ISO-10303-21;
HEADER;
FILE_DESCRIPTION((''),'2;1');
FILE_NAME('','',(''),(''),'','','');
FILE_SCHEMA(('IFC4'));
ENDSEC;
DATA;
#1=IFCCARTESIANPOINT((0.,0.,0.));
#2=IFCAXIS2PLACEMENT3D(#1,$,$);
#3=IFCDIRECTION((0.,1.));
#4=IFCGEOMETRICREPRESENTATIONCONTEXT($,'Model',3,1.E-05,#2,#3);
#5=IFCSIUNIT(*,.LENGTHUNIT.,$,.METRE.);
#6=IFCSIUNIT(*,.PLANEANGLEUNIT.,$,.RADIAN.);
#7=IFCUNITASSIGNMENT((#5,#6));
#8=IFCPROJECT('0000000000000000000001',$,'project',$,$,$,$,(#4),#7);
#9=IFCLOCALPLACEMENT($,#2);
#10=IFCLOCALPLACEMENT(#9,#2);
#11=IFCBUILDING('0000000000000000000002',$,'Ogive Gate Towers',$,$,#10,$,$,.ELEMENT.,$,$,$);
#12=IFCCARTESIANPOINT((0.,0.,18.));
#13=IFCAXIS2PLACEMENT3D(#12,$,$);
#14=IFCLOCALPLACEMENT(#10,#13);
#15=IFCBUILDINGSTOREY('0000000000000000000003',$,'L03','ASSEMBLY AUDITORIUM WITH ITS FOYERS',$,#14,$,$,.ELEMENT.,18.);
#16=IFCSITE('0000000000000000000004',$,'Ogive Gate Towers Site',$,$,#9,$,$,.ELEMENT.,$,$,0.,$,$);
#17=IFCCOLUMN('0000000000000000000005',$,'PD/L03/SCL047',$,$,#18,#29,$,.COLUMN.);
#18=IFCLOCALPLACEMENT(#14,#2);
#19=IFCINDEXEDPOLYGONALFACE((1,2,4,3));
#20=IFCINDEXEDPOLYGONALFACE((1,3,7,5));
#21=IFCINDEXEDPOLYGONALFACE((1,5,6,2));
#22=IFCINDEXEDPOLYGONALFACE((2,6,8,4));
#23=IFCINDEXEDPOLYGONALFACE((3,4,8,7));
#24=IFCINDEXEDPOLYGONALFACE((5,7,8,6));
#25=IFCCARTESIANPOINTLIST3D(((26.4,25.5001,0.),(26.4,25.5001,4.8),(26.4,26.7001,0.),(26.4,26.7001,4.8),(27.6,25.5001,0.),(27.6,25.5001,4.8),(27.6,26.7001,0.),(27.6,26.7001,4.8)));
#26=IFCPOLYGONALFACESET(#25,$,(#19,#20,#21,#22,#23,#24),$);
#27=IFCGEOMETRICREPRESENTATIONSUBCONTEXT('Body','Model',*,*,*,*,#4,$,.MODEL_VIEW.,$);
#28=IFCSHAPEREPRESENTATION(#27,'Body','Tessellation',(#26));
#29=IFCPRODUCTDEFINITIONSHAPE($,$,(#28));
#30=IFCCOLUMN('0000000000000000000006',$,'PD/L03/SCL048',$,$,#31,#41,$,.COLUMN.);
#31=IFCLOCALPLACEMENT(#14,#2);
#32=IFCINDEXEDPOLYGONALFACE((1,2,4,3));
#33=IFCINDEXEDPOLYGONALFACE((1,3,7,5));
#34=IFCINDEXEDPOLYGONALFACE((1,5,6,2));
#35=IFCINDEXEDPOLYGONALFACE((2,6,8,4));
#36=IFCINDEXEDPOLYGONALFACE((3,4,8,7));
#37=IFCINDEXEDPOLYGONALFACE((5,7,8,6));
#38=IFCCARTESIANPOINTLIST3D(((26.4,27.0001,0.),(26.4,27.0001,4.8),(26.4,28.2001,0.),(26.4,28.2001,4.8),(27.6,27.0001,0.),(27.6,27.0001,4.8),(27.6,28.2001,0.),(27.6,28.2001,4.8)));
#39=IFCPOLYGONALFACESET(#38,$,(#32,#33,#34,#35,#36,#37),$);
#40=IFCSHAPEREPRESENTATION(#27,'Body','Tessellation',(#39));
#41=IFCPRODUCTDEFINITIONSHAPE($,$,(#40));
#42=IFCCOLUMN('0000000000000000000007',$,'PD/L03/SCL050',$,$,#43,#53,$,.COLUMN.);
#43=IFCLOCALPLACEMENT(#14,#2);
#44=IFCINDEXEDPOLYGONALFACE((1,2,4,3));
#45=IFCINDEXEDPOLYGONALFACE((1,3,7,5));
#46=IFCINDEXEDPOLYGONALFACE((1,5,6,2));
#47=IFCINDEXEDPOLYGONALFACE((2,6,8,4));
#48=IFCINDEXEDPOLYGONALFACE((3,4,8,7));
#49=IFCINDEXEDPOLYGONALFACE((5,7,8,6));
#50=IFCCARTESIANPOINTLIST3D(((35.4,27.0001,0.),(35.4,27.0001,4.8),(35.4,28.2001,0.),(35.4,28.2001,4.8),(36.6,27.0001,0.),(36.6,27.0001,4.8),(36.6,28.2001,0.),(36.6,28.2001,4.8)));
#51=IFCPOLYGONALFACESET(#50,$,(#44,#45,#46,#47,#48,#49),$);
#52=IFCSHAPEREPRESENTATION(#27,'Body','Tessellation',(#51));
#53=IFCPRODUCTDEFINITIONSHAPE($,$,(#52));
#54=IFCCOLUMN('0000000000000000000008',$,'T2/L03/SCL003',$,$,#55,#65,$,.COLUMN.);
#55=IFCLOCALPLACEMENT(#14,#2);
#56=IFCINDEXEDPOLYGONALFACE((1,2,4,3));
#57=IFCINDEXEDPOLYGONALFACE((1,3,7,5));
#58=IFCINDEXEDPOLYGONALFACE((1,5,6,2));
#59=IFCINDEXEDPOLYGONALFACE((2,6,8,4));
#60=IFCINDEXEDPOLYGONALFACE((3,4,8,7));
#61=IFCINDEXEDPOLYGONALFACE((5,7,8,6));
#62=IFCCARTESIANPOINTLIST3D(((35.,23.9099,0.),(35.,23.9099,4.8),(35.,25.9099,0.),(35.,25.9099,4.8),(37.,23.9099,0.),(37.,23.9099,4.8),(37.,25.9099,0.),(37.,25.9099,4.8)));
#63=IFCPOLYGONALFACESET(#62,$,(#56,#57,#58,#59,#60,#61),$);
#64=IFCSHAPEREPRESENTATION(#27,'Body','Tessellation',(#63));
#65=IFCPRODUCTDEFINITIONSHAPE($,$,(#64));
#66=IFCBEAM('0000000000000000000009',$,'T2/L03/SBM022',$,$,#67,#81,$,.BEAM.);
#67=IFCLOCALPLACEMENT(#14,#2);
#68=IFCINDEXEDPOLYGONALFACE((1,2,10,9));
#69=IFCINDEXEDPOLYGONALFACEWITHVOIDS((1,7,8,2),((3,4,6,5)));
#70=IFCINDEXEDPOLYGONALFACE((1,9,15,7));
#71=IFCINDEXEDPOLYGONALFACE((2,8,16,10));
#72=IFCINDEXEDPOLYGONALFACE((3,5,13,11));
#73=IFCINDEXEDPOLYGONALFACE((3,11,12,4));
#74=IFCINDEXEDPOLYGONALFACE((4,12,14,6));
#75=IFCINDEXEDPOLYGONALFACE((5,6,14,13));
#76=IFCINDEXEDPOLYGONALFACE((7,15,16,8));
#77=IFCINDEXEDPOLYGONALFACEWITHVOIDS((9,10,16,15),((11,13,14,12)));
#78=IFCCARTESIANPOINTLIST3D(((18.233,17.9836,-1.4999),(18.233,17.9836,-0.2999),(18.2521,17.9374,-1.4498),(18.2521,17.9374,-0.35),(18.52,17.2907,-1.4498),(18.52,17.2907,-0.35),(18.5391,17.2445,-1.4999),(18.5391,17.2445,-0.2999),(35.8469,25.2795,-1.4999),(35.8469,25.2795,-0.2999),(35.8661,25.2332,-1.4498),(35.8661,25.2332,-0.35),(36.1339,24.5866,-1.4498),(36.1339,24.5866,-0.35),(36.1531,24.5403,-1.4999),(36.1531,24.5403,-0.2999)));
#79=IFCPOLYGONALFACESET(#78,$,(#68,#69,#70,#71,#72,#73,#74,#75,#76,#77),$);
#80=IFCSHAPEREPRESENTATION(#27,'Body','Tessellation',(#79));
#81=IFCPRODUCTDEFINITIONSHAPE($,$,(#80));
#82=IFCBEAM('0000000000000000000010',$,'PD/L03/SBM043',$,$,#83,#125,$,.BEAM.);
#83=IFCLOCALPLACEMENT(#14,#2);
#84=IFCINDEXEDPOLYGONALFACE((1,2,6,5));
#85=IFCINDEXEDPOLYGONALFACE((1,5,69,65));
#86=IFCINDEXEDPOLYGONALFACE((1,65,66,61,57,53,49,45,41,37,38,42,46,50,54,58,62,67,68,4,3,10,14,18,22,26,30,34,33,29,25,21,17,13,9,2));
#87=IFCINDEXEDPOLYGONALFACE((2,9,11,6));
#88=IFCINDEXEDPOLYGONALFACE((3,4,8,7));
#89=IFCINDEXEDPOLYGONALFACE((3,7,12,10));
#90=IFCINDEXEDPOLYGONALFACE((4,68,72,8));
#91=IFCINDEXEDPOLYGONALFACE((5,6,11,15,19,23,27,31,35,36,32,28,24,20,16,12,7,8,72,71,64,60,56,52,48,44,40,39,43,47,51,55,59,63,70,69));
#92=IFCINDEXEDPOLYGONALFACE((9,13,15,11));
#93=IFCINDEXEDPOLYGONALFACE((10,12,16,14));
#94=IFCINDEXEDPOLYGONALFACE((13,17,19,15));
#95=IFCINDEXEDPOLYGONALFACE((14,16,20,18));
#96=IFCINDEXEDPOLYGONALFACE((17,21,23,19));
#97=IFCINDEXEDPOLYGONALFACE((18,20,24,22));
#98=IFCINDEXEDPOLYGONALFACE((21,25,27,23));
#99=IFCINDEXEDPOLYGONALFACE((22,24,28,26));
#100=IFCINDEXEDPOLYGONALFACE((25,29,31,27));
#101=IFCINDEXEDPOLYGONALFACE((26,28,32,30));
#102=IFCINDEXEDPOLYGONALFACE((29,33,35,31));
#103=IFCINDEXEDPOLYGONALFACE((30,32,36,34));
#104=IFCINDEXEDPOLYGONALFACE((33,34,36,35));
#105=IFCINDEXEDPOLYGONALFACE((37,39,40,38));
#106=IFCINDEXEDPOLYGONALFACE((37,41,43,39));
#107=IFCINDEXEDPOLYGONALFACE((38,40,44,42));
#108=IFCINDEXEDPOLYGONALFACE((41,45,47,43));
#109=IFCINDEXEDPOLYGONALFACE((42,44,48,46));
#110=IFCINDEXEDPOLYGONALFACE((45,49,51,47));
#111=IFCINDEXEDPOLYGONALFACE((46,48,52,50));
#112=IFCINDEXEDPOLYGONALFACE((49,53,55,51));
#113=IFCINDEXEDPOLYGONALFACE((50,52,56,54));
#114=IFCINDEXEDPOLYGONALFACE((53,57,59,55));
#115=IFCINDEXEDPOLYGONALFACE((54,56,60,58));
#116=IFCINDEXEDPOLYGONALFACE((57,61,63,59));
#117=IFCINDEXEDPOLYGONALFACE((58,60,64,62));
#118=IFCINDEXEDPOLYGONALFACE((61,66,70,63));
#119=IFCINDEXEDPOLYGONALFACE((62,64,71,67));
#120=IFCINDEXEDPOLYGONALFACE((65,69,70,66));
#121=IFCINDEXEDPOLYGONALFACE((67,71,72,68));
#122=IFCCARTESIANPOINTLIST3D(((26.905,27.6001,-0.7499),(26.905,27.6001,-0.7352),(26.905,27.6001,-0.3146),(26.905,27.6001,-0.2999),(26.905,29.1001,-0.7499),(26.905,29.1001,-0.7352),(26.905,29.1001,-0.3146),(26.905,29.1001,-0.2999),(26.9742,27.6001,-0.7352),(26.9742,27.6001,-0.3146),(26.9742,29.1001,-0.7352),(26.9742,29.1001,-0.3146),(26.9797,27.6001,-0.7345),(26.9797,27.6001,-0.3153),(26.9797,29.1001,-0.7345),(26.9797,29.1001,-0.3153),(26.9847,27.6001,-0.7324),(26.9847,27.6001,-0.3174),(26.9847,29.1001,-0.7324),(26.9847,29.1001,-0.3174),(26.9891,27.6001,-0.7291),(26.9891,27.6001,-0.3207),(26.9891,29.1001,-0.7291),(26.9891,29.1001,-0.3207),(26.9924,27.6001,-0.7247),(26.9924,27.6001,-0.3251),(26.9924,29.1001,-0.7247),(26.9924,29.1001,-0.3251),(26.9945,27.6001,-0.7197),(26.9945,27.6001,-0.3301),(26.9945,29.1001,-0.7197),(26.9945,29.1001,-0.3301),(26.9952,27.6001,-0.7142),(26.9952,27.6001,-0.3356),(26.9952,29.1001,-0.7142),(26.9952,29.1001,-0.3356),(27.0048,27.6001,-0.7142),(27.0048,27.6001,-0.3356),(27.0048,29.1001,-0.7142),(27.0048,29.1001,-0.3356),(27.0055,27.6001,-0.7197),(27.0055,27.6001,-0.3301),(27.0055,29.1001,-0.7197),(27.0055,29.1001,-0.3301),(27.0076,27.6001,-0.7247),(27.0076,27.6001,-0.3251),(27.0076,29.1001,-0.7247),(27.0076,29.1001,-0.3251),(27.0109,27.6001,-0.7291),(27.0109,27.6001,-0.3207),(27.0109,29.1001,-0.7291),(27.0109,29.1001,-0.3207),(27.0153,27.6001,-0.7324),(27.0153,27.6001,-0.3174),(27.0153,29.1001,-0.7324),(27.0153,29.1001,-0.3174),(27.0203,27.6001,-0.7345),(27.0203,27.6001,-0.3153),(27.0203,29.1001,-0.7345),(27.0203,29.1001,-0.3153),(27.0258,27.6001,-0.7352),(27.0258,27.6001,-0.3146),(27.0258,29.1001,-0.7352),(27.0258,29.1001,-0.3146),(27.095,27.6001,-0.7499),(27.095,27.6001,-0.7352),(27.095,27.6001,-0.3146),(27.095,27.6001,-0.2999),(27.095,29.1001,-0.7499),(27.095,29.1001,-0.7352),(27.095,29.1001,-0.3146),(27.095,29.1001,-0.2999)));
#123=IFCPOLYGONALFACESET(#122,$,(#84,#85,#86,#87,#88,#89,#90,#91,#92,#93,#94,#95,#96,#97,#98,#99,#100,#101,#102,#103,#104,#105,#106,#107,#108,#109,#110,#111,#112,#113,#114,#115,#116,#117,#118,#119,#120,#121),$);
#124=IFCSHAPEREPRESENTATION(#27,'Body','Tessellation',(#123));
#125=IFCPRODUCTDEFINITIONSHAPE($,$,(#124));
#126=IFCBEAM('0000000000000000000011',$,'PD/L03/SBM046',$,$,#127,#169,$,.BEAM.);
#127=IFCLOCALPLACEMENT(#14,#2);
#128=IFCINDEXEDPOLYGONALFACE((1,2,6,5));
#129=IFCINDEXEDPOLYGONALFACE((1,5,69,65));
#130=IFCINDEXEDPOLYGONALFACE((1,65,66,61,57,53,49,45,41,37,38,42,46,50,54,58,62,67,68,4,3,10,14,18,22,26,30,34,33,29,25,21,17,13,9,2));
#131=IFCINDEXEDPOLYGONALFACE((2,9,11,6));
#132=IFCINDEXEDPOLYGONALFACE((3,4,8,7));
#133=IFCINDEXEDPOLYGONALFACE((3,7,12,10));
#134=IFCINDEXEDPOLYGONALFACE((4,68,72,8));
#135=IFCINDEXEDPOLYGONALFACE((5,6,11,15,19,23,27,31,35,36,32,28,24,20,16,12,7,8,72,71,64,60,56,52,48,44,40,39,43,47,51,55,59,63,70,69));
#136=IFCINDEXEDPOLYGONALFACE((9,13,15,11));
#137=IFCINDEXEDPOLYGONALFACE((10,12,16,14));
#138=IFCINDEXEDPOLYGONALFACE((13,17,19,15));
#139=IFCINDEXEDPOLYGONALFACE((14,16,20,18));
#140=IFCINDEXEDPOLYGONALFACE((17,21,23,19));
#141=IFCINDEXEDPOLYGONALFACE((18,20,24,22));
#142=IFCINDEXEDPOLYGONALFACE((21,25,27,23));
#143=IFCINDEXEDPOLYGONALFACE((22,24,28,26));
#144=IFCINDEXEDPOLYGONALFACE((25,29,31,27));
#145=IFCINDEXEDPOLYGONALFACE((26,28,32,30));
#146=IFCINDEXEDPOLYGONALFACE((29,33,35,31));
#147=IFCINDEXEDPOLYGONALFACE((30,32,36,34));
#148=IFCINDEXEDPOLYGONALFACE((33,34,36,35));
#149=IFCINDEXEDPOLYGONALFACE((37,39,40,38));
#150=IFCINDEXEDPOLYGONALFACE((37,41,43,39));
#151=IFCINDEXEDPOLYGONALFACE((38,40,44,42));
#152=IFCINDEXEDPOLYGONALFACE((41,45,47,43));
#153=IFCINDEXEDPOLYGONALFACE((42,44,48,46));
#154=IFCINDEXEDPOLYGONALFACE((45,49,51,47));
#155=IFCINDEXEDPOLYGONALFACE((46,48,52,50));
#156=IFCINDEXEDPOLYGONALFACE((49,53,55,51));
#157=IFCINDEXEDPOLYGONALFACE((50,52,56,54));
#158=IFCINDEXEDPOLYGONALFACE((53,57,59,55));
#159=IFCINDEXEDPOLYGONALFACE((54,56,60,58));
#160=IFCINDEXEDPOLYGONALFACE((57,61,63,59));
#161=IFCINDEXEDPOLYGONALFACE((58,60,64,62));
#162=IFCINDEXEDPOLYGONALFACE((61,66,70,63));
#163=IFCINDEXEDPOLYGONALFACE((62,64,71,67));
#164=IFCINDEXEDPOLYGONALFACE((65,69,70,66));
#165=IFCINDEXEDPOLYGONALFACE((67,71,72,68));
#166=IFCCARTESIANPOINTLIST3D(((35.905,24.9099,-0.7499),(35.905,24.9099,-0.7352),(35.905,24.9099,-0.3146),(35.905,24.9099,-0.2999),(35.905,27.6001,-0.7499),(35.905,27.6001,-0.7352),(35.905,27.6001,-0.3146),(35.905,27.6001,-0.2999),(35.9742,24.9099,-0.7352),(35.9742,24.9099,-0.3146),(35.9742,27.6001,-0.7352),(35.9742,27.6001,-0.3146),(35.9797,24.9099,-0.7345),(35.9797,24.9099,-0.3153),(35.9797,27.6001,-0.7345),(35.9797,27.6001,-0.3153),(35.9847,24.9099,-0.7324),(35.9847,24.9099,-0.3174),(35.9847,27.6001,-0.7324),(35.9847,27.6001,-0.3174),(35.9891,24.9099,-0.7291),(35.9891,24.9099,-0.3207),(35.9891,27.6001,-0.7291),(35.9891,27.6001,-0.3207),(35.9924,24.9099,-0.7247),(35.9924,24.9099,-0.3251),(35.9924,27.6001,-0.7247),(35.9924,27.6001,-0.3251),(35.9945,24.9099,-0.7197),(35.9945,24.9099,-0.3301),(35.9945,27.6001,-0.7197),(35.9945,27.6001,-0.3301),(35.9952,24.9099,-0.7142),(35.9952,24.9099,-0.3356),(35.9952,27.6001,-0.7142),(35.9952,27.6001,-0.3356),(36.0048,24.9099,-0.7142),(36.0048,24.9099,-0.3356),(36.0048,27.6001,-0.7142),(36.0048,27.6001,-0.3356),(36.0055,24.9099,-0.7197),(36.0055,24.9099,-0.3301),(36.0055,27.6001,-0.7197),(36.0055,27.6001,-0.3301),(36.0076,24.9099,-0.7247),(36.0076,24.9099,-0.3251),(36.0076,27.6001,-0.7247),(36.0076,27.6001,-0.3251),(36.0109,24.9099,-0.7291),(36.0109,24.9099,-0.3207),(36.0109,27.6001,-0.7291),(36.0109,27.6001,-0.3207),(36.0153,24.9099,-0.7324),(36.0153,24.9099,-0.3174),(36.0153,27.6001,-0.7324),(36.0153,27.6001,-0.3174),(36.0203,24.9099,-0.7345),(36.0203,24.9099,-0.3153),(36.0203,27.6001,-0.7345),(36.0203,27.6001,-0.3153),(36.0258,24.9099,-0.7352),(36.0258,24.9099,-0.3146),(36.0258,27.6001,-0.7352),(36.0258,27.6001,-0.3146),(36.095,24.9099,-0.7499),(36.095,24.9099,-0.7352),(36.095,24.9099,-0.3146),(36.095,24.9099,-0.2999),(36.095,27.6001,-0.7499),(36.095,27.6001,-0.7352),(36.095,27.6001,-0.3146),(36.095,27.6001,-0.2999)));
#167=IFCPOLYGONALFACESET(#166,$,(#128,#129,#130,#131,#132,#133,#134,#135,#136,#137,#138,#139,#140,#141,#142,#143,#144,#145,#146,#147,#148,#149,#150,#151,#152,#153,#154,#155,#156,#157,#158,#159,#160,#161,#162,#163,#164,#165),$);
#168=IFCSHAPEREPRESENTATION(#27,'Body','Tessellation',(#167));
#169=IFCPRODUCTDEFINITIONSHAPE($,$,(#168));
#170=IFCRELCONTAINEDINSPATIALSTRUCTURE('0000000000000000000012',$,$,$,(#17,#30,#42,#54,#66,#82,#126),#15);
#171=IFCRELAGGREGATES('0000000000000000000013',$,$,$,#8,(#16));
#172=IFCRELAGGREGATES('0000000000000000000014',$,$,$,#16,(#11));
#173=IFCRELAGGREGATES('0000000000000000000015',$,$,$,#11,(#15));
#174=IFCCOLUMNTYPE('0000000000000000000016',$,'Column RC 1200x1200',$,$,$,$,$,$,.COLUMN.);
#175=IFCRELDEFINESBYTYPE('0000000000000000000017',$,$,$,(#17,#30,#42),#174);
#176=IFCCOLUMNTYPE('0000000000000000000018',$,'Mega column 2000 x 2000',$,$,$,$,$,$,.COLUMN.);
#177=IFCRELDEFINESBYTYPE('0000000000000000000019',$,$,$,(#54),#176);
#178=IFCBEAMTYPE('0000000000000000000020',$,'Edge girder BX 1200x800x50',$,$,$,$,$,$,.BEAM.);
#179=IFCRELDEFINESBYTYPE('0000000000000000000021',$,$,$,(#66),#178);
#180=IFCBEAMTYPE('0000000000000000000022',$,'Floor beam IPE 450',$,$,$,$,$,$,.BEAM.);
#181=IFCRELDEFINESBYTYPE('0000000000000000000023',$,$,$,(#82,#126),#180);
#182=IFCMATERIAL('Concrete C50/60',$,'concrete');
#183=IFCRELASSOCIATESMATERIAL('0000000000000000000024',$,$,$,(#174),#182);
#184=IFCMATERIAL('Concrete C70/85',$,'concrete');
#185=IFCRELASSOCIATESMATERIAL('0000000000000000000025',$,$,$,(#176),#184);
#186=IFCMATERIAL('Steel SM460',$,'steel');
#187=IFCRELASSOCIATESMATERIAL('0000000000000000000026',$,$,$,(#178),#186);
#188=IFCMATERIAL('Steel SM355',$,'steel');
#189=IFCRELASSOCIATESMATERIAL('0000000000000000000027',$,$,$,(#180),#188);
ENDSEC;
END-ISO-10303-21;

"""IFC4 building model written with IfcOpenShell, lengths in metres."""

from ifc_helpers import new_model, si_unit, direction, frame, origin, origin_2d, place, context, subcontext, project, spatial, rectangle, hollow_rectangle, i_section, extrude, material, material_profile, profile_set, type_object, element, save


model = new_model("IFC4")

# Units and contexts
model_context = context("Model", 3, precision=1e-05, world=origin(), true_north=direction((0.0, 1.0)))
body_context = subcontext(model_context, "Body", "Model", "MODEL_VIEW")
ifc_project = project(units=[si_unit("LENGTHUNIT", "METRE"), si_unit("PLANEANGLEUNIT", "RADIAN")], contexts=[model_context])

# Site, building, storey
site_placement = place(None, origin())
site = spatial("IfcSite", under=ifc_project, at=site_placement, Name="Ogive Gate Towers Site", CompositionType="ELEMENT", RefElevation=0.0)
building_placement = place(site_placement, origin())
building = spatial("IfcBuilding", under=site, at=building_placement, Name="Ogive Gate Towers", CompositionType="ELEMENT")
storey_placement = place(building_placement, frame((0.0, 0.0, 18.0)))
storey = spatial("IfcBuildingStorey", under=building, at=storey_placement, Name="L03", Description="ASSEMBLY AUDITORIUM WITH ITS FOYERS", CompositionType="ELEMENT", Elevation=18.0)

# Columns
ifc_material_1 = material(Name="Concrete C50/60", Category="concrete")
ifc_material_profile_1 = material_profile(ifc_material_1, rectangle(XDim=1.2, YDim=1.2, at=origin_2d()), Name="RC 1200x1200")
ifc_profile_set_1 = profile_set([ifc_material_profile_1], Name="Concrete C50/60")
column_type_1 = type_object("IfcColumnType", Name="Column RC 1200x1200", PredefinedType="COLUMN", material=ifc_profile_set_1)
for number, where, z_axis, x_axis, name in (
    (1, (27.0, 26.1001, 0.0), (0.0, 0.0, 1.0), (1.0, 0.0, 0.0), "PD/L03/SCL047"),
    (2, (27.0, 27.6001, 0.0), (0.0, 0.0, 1.0), (1.0, 0.0, 0.0), "PD/L03/SCL048"),
    (3, (36.0, 27.6001, 0.0), (0.0, 0.0, 1.0), (1.0, 0.0, 0.0), "PD/L03/SCL050"),
):
    element("IfcColumn", number, at=place(storey_placement, frame(where, z_axis=z_axis, x_axis=x_axis)), inside=storey, type_object=column_type_1, Name=name, PredefinedType="COLUMN", context=body_context, shape_type="SweptSolid", body=[
        extrude(rectangle(XDim=1.2, YDim=1.2, at=origin_2d()), origin(), (0.0, 0.0, 1.0), 4.8),
    ])
ifc_material_2 = material(Name="Concrete C70/85", Category="concrete")
ifc_material_profile_2 = material_profile(ifc_material_2, rectangle(XDim=2.0, YDim=2.0, at=origin_2d()), Name="RC 2000x2000")
ifc_profile_set_2 = profile_set([ifc_material_profile_2], Name="Concrete C70/85")
column_type_2 = type_object("IfcColumnType", Name="Mega column 2000 x 2000", PredefinedType="COLUMN", material=ifc_profile_set_2)
column_placement = place(storey_placement, frame((36.0, 24.9099, 0.0), z_axis=(0.0, 0.0, 1.0), x_axis=(0.0, 1.0, 0.0)))
element("IfcColumn", 4, at=column_placement, inside=storey, type_object=column_type_2, Name="T2/L03/SCL003", PredefinedType="COLUMN", context=body_context, shape_type="SweptSolid", body=[
    extrude(rectangle(XDim=2.0, YDim=2.0, at=origin_2d()), origin(), (0.0, 0.0, 1.0), 4.8),
])

# Beams
ifc_material_3 = material(Name="Steel SM460", Category="steel")
ifc_material_profile_3 = material_profile(ifc_material_3, hollow_rectangle(XDim=0.8, YDim=1.2, WallThickness=0.05, at=origin_2d()), Name="BX 1200x800x50")
ifc_profile_set_3 = profile_set([ifc_material_profile_3], Name="Steel SM460")
beam_type_1 = type_object("IfcBeamType", Name="Edge girder BX 1200x800x50", PredefinedType="BEAM", material=ifc_profile_set_3)
beam_1_placement = place(storey_placement, frame((36.0, 24.9099, -0.8999), z_axis=(-0.923881, -0.382681, 0.0), x_axis=(0.382681, -0.923881, 0.0)))
element("IfcBeam", 5, at=beam_1_placement, inside=storey, type_object=beam_type_1, Name="T2/L03/SBM022", PredefinedType="BEAM", context=body_context, shape_type="SweptSolid", body=[
    extrude(hollow_rectangle(XDim=0.8, YDim=1.2, WallThickness=0.05, at=origin_2d()), origin(), (0.0, 0.0, 1.0), 19.0652),
])
ifc_material_4 = material(Name="Steel SM355", Category="steel")
ifc_material_profile_4 = material_profile(ifc_material_4, i_section(OverallWidth=0.1899, OverallDepth=0.45, WebThickness=0.0095, FlangeThickness=0.0146, FilletRadius=0.021, at=origin_2d()), Name="IPE 450")
ifc_profile_set_4 = profile_set([ifc_material_profile_4], Name="Steel SM355")
beam_type_2 = type_object("IfcBeamType", Name="Floor beam IPE 450", PredefinedType="BEAM", material=ifc_profile_set_4)
beam_2_placement = place(storey_placement, frame((27.0, 27.6001, -0.5249), z_axis=(0.0, 1.0, 0.0), x_axis=(-1.0, 0.0, 0.0)))
element("IfcBeam", 6, at=beam_2_placement, inside=storey, type_object=beam_type_2, Name="PD/L03/SBM043", PredefinedType="BEAM", context=body_context, shape_type="SweptSolid", body=[
    extrude(i_section(OverallWidth=0.1899, OverallDepth=0.45, WebThickness=0.0095, FlangeThickness=0.0146, FilletRadius=0.021, at=origin_2d()), origin(), (0.0, 0.0, 1.0), 1.5),
])
beam_3_placement = place(storey_placement, frame((36.0, 24.9099, -0.5249), z_axis=(0.0, 1.0, 0.0), x_axis=(-1.0, 0.0, 0.0)))
element("IfcBeam", 7, at=beam_3_placement, inside=storey, type_object=beam_type_2, Name="PD/L03/SBM046", PredefinedType="BEAM", context=body_context, shape_type="SweptSolid", body=[
    extrude(i_section(OverallWidth=0.1899, OverallDepth=0.45, WebThickness=0.0095, FlangeThickness=0.0146, FilletRadius=0.021, at=origin_2d()), origin(), (0.0, 0.0, 1.0), 2.6902),
])

save(model, "model.ifc")
